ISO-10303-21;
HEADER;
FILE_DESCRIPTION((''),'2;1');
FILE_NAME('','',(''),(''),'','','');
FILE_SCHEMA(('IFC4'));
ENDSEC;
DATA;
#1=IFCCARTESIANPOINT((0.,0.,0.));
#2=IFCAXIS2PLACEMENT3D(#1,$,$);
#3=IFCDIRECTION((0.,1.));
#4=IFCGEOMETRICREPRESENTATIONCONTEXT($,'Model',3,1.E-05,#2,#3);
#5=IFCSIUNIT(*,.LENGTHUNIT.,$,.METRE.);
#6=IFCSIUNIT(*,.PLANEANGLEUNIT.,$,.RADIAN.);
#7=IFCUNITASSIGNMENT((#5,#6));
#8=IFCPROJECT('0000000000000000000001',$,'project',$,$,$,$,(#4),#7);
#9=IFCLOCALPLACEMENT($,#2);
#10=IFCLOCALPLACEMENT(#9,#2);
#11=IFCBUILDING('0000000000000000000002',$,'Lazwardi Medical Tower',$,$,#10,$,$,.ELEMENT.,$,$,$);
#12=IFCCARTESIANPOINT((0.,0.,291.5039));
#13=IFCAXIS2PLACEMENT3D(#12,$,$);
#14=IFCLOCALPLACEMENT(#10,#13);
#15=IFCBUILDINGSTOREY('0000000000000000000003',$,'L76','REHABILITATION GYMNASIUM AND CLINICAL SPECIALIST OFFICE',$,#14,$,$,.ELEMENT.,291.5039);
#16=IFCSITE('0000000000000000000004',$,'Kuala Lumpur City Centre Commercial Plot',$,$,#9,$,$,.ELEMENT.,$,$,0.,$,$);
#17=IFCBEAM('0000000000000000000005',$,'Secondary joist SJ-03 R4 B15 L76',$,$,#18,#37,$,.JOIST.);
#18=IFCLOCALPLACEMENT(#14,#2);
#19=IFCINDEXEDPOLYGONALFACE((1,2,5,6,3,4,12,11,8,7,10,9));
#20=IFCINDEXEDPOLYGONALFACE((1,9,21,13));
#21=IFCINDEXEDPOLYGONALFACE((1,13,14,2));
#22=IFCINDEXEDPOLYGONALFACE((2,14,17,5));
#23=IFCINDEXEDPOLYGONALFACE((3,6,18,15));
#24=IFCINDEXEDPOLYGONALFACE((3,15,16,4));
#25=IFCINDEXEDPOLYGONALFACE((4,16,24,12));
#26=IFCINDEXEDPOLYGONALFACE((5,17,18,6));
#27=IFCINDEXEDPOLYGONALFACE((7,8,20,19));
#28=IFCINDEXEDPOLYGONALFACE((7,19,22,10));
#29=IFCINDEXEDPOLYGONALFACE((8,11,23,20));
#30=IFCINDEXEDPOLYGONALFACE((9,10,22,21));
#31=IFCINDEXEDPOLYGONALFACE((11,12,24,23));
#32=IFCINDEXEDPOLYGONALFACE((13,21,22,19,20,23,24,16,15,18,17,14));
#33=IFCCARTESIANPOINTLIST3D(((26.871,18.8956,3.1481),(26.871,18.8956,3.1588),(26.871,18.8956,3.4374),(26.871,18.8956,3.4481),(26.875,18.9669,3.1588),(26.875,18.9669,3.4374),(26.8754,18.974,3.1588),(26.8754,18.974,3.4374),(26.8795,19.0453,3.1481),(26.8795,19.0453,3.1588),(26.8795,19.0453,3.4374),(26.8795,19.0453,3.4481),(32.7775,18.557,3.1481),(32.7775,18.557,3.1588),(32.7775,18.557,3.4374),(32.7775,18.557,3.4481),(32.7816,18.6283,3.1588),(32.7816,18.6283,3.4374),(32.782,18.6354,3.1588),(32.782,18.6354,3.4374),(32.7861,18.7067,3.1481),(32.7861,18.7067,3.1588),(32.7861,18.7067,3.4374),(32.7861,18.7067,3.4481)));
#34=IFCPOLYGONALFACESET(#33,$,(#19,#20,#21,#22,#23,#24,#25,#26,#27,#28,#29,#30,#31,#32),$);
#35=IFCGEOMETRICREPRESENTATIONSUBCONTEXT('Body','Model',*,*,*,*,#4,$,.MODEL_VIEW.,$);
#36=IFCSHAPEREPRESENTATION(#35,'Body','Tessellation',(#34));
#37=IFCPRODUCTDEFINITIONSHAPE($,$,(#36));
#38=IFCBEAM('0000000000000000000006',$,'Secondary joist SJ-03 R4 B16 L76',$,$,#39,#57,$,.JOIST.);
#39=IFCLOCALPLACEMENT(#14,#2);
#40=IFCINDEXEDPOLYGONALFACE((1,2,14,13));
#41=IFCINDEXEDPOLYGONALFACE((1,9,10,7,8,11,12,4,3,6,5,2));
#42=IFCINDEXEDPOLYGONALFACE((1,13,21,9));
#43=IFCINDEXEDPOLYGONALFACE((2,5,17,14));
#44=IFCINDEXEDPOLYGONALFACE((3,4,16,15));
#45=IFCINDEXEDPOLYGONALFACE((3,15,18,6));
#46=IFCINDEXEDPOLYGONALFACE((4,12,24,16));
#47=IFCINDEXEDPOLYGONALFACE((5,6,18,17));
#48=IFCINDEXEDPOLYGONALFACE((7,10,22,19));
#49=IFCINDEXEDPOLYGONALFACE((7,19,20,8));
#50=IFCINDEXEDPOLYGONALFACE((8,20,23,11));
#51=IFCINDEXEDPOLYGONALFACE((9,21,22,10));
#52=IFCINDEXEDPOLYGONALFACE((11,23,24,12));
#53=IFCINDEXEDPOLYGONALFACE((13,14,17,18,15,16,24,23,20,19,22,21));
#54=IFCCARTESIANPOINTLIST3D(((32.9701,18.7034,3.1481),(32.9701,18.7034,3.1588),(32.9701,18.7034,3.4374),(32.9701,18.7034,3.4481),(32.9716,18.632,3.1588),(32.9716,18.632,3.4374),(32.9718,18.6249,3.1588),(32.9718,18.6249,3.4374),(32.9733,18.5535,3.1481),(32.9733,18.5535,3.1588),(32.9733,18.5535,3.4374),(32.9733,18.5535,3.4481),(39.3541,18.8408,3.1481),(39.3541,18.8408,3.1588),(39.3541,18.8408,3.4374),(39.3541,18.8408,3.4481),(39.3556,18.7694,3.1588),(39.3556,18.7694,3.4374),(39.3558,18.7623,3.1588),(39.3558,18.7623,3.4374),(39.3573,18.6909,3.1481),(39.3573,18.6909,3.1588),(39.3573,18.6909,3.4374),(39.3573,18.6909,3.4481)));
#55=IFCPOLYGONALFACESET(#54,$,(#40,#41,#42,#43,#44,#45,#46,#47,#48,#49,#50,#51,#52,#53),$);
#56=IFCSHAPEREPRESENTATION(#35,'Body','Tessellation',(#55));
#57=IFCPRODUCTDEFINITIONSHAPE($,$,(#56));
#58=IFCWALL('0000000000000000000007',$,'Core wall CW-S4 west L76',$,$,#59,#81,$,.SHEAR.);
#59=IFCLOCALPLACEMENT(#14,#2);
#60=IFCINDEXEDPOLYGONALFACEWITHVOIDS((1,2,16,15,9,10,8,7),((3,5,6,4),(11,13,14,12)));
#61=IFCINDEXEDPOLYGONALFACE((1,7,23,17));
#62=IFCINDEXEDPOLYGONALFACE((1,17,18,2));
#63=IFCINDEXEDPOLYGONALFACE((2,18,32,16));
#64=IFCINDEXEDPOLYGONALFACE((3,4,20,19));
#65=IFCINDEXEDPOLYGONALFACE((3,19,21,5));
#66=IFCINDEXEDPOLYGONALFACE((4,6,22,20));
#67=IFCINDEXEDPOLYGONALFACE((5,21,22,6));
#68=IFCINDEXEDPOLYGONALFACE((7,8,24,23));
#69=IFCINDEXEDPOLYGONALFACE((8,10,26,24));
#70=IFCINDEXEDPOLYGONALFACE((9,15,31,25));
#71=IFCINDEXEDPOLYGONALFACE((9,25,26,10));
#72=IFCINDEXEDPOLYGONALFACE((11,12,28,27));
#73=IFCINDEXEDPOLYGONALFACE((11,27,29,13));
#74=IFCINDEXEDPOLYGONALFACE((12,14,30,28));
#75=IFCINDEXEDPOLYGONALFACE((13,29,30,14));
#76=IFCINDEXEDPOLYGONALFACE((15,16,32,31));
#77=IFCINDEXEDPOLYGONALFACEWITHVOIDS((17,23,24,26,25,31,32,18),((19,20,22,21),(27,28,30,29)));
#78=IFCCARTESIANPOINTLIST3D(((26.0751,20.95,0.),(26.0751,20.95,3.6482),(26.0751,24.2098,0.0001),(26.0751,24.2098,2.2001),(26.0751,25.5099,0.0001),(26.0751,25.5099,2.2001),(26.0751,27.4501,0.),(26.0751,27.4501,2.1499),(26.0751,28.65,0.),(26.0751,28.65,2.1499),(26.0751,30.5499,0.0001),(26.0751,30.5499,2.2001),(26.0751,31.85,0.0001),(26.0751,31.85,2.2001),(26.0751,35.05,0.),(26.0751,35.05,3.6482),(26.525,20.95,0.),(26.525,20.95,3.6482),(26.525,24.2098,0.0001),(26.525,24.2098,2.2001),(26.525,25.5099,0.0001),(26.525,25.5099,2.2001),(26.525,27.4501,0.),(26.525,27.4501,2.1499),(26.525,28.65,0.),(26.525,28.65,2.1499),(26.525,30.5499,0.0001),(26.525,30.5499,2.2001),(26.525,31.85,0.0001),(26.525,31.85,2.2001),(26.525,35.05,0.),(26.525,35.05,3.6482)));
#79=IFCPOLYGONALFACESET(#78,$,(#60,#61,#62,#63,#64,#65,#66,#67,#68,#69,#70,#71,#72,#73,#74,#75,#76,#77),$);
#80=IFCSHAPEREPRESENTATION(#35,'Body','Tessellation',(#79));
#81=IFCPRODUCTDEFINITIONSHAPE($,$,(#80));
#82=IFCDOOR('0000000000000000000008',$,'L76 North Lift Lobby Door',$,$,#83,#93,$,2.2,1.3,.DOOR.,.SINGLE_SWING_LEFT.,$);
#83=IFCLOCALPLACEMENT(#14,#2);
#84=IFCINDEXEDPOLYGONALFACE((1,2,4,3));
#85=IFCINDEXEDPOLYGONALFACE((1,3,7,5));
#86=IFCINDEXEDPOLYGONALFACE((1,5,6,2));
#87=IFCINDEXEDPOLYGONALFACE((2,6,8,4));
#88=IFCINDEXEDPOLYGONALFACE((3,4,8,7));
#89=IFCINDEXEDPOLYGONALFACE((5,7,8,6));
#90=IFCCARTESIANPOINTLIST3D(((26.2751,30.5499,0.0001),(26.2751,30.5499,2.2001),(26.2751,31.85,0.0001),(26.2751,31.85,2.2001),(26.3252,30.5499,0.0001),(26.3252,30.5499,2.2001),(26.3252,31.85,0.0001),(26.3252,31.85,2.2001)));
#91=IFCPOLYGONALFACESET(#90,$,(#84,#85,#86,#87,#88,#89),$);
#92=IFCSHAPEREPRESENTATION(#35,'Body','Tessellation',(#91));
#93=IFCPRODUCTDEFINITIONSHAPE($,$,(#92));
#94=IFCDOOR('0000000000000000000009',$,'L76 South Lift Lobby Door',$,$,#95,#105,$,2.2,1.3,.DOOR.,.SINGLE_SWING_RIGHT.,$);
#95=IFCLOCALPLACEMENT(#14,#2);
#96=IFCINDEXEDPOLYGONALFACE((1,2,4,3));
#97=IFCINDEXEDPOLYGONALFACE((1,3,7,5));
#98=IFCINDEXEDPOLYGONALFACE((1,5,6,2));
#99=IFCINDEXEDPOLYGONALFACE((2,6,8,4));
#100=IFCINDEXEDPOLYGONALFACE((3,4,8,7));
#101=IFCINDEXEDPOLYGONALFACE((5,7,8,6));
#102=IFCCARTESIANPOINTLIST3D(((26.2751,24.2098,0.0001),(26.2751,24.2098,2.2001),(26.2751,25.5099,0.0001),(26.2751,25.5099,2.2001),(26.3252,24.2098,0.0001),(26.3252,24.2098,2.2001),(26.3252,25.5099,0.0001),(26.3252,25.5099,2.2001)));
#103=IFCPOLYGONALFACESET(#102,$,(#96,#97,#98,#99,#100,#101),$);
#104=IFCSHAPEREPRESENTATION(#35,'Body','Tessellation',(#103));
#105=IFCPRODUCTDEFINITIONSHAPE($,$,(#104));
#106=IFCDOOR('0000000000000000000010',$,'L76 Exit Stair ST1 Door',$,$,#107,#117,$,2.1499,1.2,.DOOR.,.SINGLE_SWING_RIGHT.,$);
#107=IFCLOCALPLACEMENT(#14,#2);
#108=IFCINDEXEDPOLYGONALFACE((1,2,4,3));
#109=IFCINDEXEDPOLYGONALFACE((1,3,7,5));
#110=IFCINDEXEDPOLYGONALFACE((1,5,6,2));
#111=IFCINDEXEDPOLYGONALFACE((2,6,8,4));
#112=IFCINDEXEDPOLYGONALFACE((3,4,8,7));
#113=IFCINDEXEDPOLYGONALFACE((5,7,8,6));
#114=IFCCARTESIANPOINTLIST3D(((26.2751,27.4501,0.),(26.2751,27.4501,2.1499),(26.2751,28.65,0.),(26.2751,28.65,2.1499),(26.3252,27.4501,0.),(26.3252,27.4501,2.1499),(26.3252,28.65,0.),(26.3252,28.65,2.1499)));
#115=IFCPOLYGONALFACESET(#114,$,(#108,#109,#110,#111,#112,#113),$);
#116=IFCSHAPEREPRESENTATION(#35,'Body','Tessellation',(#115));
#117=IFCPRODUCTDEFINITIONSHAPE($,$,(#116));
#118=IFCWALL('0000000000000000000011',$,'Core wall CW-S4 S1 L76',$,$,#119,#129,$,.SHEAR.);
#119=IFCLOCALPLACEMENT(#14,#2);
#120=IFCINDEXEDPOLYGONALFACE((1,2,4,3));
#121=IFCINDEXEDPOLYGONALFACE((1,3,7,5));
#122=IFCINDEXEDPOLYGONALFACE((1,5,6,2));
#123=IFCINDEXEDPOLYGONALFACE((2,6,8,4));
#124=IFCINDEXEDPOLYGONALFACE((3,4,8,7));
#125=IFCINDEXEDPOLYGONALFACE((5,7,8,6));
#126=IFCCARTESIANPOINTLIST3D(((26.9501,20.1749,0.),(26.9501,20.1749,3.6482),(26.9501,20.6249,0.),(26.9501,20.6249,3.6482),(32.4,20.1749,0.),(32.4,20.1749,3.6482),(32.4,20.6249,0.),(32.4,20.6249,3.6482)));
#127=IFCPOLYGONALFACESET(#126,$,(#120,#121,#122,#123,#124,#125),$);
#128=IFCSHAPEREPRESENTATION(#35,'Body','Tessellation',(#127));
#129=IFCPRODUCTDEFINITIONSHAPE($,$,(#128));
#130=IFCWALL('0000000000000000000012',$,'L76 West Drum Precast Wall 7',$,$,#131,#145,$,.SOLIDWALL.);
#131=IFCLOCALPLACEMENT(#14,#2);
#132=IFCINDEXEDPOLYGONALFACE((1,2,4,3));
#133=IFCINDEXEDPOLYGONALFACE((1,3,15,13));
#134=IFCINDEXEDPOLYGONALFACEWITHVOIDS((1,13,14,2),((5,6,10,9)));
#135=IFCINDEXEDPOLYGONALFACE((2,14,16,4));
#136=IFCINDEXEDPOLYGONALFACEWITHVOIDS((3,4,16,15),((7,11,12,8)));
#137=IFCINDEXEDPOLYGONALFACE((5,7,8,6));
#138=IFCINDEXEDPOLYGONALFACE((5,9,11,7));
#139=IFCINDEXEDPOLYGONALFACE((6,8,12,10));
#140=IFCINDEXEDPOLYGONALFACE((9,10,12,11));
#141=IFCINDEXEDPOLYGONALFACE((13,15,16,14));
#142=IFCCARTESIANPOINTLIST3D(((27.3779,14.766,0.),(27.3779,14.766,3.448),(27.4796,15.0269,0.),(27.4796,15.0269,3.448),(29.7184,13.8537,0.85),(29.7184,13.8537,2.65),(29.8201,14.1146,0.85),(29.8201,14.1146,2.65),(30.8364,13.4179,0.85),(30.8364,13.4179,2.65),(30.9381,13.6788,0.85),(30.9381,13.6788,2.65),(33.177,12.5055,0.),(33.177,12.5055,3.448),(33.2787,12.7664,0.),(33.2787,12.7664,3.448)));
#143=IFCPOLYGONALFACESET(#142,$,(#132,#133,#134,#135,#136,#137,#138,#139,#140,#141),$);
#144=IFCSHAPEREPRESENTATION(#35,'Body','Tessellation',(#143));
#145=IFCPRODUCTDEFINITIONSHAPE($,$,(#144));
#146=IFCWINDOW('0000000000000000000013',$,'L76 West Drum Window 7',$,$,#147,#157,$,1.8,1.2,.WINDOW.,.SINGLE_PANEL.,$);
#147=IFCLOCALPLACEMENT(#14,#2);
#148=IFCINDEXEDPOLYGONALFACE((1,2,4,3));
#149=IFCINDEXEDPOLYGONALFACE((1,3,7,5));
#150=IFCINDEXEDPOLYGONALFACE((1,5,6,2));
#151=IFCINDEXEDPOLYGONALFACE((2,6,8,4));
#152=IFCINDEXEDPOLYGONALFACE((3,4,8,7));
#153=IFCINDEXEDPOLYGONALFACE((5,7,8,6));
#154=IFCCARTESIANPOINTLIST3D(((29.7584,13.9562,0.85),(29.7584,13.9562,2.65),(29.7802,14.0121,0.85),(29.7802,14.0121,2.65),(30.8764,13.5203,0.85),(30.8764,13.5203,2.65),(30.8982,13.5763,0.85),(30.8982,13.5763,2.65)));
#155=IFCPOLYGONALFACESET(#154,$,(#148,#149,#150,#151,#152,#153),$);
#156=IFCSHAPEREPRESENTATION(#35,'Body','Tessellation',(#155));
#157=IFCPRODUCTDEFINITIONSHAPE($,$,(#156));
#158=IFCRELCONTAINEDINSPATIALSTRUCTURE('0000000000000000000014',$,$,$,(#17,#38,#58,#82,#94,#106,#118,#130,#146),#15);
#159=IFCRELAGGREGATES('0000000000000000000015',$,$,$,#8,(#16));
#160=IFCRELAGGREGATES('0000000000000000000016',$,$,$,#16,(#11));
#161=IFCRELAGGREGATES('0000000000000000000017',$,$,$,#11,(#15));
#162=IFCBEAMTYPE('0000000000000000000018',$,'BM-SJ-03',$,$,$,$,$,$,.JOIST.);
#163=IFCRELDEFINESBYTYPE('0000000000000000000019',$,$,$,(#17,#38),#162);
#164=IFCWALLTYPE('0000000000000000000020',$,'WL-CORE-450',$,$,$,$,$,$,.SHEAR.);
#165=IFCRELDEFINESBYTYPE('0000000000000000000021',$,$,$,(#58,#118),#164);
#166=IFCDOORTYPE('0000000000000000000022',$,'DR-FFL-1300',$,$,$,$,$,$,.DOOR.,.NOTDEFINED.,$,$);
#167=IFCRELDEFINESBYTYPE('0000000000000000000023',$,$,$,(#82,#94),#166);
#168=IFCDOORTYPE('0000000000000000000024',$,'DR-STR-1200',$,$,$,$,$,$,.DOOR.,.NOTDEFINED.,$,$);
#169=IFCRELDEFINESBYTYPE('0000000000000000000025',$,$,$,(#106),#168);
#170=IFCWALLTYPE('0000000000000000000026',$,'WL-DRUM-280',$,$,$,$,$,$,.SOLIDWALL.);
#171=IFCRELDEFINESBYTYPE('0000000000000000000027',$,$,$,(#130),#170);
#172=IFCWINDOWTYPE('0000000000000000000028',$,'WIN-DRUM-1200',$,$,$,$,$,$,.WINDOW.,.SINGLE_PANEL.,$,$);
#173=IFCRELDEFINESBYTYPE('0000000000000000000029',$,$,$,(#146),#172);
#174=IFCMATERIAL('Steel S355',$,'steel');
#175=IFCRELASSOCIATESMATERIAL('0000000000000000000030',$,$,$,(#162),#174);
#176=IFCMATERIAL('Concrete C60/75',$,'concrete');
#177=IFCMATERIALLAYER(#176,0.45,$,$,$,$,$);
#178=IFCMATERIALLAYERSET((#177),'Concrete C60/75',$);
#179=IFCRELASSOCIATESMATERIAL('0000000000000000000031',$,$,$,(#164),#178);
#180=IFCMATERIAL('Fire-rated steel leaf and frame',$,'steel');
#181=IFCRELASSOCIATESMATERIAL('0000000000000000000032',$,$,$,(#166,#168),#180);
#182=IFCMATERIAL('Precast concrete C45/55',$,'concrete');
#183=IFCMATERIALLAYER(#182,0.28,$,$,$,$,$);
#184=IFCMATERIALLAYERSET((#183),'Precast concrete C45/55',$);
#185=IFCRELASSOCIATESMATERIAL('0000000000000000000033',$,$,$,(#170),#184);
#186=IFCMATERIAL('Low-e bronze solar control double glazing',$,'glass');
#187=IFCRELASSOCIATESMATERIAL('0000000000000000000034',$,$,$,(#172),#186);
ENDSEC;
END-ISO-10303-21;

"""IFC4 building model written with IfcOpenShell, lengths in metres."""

from ifc_helpers import new_model, si_unit, direction, frame, frame_2d, origin, origin_2d, place, context, subcontext, project, spatial, rectangle, i_section, extrude, material, layer, layer_set, material_profile, profile_set, type_object, element, fill, save


model = new_model("IFC4")

# Units and contexts
model_context = context("Model", 3, precision=1e-05, world=origin(), true_north=direction((0.0, 1.0)))
body_context = subcontext(model_context, "Body", "Model", "MODEL_VIEW")
ifc_project = project(units=[si_unit("LENGTHUNIT", "METRE"), si_unit("PLANEANGLEUNIT", "RADIAN")], contexts=[model_context])

# Site, building, storey
site_placement = place(None, origin())
site = spatial("IfcSite", under=ifc_project, at=site_placement, Name="Kuala Lumpur City Centre Commercial Plot", CompositionType="ELEMENT", RefElevation=0.0)
building_placement = place(site_placement, origin())
building = spatial("IfcBuilding", under=site, at=building_placement, Name="Lazwardi Medical Tower", CompositionType="ELEMENT")
storey_placement = place(building_placement, frame((0.0, 0.0, 291.5039)))
storey = spatial("IfcBuildingStorey", under=building, at=storey_placement, Name="L76", Description="REHABILITATION GYMNASIUM AND CLINICAL SPECIALIST OFFICE", CompositionType="ELEMENT", Elevation=291.5039)

# Shared definitions
ifc_material_1 = material(Name="Concrete C60/75", Category="concrete")

# Beams
ifc_material_2 = material(Name="Steel S355", Category="steel")
ifc_material_profile_1 = material_profile(ifc_material_2, i_section(OverallWidth=0.1499, OverallDepth=0.3, WebThickness=0.0071, FlangeThickness=0.0107, at=origin_2d()), Name="IPE 300")
ifc_profile_set_1 = profile_set([ifc_material_profile_1], Name="Steel S355")
beam_type_1 = type_object("IfcBeamType", Name="BM-SJ-03", PredefinedType="JOIST", material=ifc_profile_set_1)
beam_1_placement = place(storey_placement, frame((26.8752, 18.9705, 3.2981), z_axis=(0.998361, -0.057237, 0.0), x_axis=(0.057237, 0.998361, 0.0)))
element("IfcBeam", 1, at=beam_1_placement, inside=storey, type_object=beam_type_1, Name="Secondary joist SJ-03 R4 B15 L76", PredefinedType="JOIST", context=body_context, shape_type="SweptSolid", body=[
    extrude(i_section(OverallWidth=0.1499, OverallDepth=0.3, WebThickness=0.0071, FlangeThickness=0.0107, at=origin_2d()), origin(), (0.0, 0.0, 1.0), 5.9163),
])
beam_2_placement = place(storey_placement, frame((32.9717, 18.6284, 3.2981), z_axis=(0.999768, 0.021525, 0.0), x_axis=(-0.021525, 0.999768, 0.0)))
element("IfcBeam", 2, at=beam_2_placement, inside=storey, type_object=beam_type_1, Name="Secondary joist SJ-03 R4 B16 L76", PredefinedType="JOIST", context=body_context, shape_type="SweptSolid", body=[
    extrude(i_section(OverallWidth=0.1499, OverallDepth=0.3, WebThickness=0.0071, FlangeThickness=0.0107, at=origin_2d()), origin(), (0.0, 0.0, 1.0), 6.3855),
])

# Wall, openings, doors
ifc_layer_1 = layer(ifc_material_1, 0.45)
ifc_layer_set_1 = layer_set([ifc_layer_1], Name="Concrete C60/75")
wall_type_1 = type_object("IfcWallType", Name="WL-CORE-450", PredefinedType="SHEAR", material=ifc_layer_set_1)
wall_1_placement = place(storey_placement, frame((26.3, 20.95, 0.0), z_axis=(0.0, 0.0, 1.0), x_axis=(0.0, 1.0, 0.0)))
wall_1 = element("IfcWall", 3, at=wall_1_placement, inside=storey, type_object=wall_type_1, Name="Core wall CW-S4 west L76", PredefinedType="SHEAR", context=body_context, shape_type="SweptSolid", body=[
    extrude(rectangle(XDim=14.1001, YDim=0.45, at=frame_2d((7.05, 0.0))), origin(), (0.0, 0.0, 1.0), 3.6482),
])
opening_1_placement = place(wall_1_placement, frame((6.5, 0.0, 0.0)))
opening_1 = element("IfcOpeningElement", 4, at=opening_1_placement, cuts=wall_1, PredefinedType="OPENING", context=body_context, shape_type="SweptSolid", body=[
    extrude(rectangle(XDim=1.2, YDim=2.1499, at=frame_2d((0.6001, 1.075))), frame((0.0, 0.2349, 0.0), z_axis=(0.0, -1.0, 0.0), x_axis=(1.0, 0.0, 0.0)), (0.0, 0.0, 1.0), 0.47),
])
opening_2_placement = place(wall_1_placement, frame((9.6001, 0.0, 0.0)))
opening_2 = element("IfcOpeningElement", 5, at=opening_2_placement, cuts=wall_1, PredefinedType="OPENING", context=body_context, shape_type="SweptSolid", body=[
    extrude(rectangle(XDim=1.3, YDim=2.2, at=frame_2d((0.6499, 1.1001))), frame((0.0, 0.2349, 0.0), z_axis=(0.0, -1.0, 0.0), x_axis=(1.0, 0.0, 0.0)), (0.0, 0.0, 1.0), 0.47),
])
opening_3_placement = place(wall_1_placement, frame((3.26, 0.0, 0.0)))
opening_3 = element("IfcOpeningElement", 6, at=opening_3_placement, cuts=wall_1, PredefinedType="OPENING", context=body_context, shape_type="SweptSolid", body=[
    extrude(rectangle(XDim=1.3, YDim=2.2, at=frame_2d((0.6499, 1.1001))), frame((0.0, 0.2349, 0.0), z_axis=(0.0, -1.0, 0.0), x_axis=(1.0, 0.0, 0.0)), (0.0, 0.0, 1.0), 0.47),
])
ifc_material_3 = material(Name="Fire-rated steel leaf and frame", Category="steel")
door_type_1 = type_object("IfcDoorType", Name="DR-FFL-1300", OperationType="NOTDEFINED", PredefinedType="DOOR", material=ifc_material_3)
door_1_placement = place(opening_2_placement, origin())
door_1 = element("IfcDoor", 7, at=door_1_placement, inside=storey, type_object=door_type_1, Name="L76 North Lift Lobby Door", OperationType="SINGLE_SWING_LEFT", OverallHeight=2.2, OverallWidth=1.3, PredefinedType="DOOR", context=body_context, shape_type="SweptSolid", body=[
    extrude(rectangle(XDim=1.3, YDim=2.2, at=frame_2d((0.6499, 1.1001))), frame((0.0, 0.0249, 0.0), z_axis=(0.0, -1.0, 0.0), x_axis=(1.0, 0.0, 0.0)), (0.0, 0.0, 1.0), 0.05),
])
fill(opening_2, door_1)
door_2_placement = place(opening_3_placement, origin())
door_2 = element("IfcDoor", 8, at=door_2_placement, inside=storey, type_object=door_type_1, Name="L76 South Lift Lobby Door", OperationType="SINGLE_SWING_RIGHT", OverallHeight=2.2, OverallWidth=1.3, PredefinedType="DOOR", context=body_context, shape_type="SweptSolid", body=[
    extrude(rectangle(XDim=1.3, YDim=2.2, at=frame_2d((0.6499, 1.1001))), frame((0.0, 0.0249, 0.0), z_axis=(0.0, -1.0, 0.0), x_axis=(1.0, 0.0, 0.0)), (0.0, 0.0, 1.0), 0.05),
])
fill(opening_3, door_2)
door_type_2 = type_object("IfcDoorType", Name="DR-STR-1200", OperationType="NOTDEFINED", PredefinedType="DOOR", material=ifc_material_3)
door_3_placement = place(opening_1_placement, origin())
door_3 = element("IfcDoor", 9, at=door_3_placement, inside=storey, type_object=door_type_2, Name="L76 Exit Stair ST1 Door", OperationType="SINGLE_SWING_RIGHT", OverallHeight=2.1499, OverallWidth=1.2, PredefinedType="DOOR", context=body_context, shape_type="SweptSolid", body=[
    extrude(rectangle(XDim=1.2, YDim=2.1499, at=frame_2d((0.6001, 1.075))), frame((0.0, 0.0249, 0.0), z_axis=(0.0, -1.0, 0.0), x_axis=(1.0, 0.0, 0.0)), (0.0, 0.0, 1.0), 0.05),
])
fill(opening_1, door_3)

# Wall
wall_2_placement = place(storey_placement, frame((26.95, 20.3999, 0.0), z_axis=(0.0, 0.0, 1.0), x_axis=(1.0, 0.0, 0.0)))
element("IfcWall", 10, at=wall_2_placement, inside=storey, type_object=wall_type_1, Name="Core wall CW-S4 S1 L76", PredefinedType="SHEAR", context=body_context, shape_type="SweptSolid", body=[
    extrude(rectangle(XDim=5.45, YDim=0.45, at=frame_2d((2.7251, 0.0))), origin(), (0.0, 0.0, 1.0), 3.6482),
])

# Wall, opening, window
ifc_material_4 = material(Name="Precast concrete C45/55", Category="concrete")
ifc_layer_2 = layer(ifc_material_4, 0.28)
ifc_layer_set_2 = layer_set([ifc_layer_2], Name="Precast concrete C45/55")
wall_type_2 = type_object("IfcWallType", Name="WL-DRUM-280", PredefinedType="SOLIDWALL", material=ifc_layer_set_2)
wall_3_placement = place(storey_placement, frame((27.4287, 14.8965, 0.0), z_axis=(0.0, 0.0, 1.0), x_axis=(0.931717, -0.363186, 0.0)))
wall_3 = element("IfcWall", 11, at=wall_3_placement, inside=storey, type_object=wall_type_2, Name="L76 West Drum Precast Wall 7", PredefinedType="SOLIDWALL", context=body_context, shape_type="SweptSolid", body=[
    extrude(rectangle(XDim=6.2241, YDim=0.28, at=frame_2d((3.1121, 0.0))), origin(), (0.0, 0.0, 1.0), 3.448),
])
opening_4_placement = place(wall_3_placement, frame((2.512, 0.0, 0.8501)))
opening_4 = element("IfcOpeningElement", 12, at=opening_4_placement, cuts=wall_3, PredefinedType="OPENING", context=body_context, shape_type="SweptSolid", body=[
    extrude(rectangle(XDim=1.2, YDim=1.8, at=frame_2d((0.6001, 0.8999))), frame((0.0, 0.1499, 0.0), z_axis=(0.0, -1.0, 0.0), x_axis=(1.0, 0.0, 0.0)), (0.0, 0.0, 1.0), 0.3),
])
ifc_material_5 = material(Name="Low-e bronze solar control double glazing", Category="glass")
window_type_1 = type_object("IfcWindowType", Name="WIN-DRUM-1200", PartitioningType="SINGLE_PANEL", PredefinedType="WINDOW", material=ifc_material_5)
window_1_placement = place(opening_4_placement, origin())
window_1 = element("IfcWindow", 13, at=window_1_placement, inside=storey, type_object=window_type_1, Name="L76 West Drum Window 7", OverallHeight=1.8, OverallWidth=1.2, PartitioningType="SINGLE_PANEL", PredefinedType="WINDOW", context=body_context, shape_type="SweptSolid", body=[
    extrude(rectangle(XDim=1.2, YDim=1.8, at=frame_2d((0.6001, 0.8999))), frame((0.0, 0.03, 0.0), z_axis=(0.0, -1.0, 0.0), x_axis=(1.0, 0.0, 0.0)), (0.0, 0.0, 1.0), 0.0601),
])
fill(opening_4, window_1)

save(model, "model.ifc")
